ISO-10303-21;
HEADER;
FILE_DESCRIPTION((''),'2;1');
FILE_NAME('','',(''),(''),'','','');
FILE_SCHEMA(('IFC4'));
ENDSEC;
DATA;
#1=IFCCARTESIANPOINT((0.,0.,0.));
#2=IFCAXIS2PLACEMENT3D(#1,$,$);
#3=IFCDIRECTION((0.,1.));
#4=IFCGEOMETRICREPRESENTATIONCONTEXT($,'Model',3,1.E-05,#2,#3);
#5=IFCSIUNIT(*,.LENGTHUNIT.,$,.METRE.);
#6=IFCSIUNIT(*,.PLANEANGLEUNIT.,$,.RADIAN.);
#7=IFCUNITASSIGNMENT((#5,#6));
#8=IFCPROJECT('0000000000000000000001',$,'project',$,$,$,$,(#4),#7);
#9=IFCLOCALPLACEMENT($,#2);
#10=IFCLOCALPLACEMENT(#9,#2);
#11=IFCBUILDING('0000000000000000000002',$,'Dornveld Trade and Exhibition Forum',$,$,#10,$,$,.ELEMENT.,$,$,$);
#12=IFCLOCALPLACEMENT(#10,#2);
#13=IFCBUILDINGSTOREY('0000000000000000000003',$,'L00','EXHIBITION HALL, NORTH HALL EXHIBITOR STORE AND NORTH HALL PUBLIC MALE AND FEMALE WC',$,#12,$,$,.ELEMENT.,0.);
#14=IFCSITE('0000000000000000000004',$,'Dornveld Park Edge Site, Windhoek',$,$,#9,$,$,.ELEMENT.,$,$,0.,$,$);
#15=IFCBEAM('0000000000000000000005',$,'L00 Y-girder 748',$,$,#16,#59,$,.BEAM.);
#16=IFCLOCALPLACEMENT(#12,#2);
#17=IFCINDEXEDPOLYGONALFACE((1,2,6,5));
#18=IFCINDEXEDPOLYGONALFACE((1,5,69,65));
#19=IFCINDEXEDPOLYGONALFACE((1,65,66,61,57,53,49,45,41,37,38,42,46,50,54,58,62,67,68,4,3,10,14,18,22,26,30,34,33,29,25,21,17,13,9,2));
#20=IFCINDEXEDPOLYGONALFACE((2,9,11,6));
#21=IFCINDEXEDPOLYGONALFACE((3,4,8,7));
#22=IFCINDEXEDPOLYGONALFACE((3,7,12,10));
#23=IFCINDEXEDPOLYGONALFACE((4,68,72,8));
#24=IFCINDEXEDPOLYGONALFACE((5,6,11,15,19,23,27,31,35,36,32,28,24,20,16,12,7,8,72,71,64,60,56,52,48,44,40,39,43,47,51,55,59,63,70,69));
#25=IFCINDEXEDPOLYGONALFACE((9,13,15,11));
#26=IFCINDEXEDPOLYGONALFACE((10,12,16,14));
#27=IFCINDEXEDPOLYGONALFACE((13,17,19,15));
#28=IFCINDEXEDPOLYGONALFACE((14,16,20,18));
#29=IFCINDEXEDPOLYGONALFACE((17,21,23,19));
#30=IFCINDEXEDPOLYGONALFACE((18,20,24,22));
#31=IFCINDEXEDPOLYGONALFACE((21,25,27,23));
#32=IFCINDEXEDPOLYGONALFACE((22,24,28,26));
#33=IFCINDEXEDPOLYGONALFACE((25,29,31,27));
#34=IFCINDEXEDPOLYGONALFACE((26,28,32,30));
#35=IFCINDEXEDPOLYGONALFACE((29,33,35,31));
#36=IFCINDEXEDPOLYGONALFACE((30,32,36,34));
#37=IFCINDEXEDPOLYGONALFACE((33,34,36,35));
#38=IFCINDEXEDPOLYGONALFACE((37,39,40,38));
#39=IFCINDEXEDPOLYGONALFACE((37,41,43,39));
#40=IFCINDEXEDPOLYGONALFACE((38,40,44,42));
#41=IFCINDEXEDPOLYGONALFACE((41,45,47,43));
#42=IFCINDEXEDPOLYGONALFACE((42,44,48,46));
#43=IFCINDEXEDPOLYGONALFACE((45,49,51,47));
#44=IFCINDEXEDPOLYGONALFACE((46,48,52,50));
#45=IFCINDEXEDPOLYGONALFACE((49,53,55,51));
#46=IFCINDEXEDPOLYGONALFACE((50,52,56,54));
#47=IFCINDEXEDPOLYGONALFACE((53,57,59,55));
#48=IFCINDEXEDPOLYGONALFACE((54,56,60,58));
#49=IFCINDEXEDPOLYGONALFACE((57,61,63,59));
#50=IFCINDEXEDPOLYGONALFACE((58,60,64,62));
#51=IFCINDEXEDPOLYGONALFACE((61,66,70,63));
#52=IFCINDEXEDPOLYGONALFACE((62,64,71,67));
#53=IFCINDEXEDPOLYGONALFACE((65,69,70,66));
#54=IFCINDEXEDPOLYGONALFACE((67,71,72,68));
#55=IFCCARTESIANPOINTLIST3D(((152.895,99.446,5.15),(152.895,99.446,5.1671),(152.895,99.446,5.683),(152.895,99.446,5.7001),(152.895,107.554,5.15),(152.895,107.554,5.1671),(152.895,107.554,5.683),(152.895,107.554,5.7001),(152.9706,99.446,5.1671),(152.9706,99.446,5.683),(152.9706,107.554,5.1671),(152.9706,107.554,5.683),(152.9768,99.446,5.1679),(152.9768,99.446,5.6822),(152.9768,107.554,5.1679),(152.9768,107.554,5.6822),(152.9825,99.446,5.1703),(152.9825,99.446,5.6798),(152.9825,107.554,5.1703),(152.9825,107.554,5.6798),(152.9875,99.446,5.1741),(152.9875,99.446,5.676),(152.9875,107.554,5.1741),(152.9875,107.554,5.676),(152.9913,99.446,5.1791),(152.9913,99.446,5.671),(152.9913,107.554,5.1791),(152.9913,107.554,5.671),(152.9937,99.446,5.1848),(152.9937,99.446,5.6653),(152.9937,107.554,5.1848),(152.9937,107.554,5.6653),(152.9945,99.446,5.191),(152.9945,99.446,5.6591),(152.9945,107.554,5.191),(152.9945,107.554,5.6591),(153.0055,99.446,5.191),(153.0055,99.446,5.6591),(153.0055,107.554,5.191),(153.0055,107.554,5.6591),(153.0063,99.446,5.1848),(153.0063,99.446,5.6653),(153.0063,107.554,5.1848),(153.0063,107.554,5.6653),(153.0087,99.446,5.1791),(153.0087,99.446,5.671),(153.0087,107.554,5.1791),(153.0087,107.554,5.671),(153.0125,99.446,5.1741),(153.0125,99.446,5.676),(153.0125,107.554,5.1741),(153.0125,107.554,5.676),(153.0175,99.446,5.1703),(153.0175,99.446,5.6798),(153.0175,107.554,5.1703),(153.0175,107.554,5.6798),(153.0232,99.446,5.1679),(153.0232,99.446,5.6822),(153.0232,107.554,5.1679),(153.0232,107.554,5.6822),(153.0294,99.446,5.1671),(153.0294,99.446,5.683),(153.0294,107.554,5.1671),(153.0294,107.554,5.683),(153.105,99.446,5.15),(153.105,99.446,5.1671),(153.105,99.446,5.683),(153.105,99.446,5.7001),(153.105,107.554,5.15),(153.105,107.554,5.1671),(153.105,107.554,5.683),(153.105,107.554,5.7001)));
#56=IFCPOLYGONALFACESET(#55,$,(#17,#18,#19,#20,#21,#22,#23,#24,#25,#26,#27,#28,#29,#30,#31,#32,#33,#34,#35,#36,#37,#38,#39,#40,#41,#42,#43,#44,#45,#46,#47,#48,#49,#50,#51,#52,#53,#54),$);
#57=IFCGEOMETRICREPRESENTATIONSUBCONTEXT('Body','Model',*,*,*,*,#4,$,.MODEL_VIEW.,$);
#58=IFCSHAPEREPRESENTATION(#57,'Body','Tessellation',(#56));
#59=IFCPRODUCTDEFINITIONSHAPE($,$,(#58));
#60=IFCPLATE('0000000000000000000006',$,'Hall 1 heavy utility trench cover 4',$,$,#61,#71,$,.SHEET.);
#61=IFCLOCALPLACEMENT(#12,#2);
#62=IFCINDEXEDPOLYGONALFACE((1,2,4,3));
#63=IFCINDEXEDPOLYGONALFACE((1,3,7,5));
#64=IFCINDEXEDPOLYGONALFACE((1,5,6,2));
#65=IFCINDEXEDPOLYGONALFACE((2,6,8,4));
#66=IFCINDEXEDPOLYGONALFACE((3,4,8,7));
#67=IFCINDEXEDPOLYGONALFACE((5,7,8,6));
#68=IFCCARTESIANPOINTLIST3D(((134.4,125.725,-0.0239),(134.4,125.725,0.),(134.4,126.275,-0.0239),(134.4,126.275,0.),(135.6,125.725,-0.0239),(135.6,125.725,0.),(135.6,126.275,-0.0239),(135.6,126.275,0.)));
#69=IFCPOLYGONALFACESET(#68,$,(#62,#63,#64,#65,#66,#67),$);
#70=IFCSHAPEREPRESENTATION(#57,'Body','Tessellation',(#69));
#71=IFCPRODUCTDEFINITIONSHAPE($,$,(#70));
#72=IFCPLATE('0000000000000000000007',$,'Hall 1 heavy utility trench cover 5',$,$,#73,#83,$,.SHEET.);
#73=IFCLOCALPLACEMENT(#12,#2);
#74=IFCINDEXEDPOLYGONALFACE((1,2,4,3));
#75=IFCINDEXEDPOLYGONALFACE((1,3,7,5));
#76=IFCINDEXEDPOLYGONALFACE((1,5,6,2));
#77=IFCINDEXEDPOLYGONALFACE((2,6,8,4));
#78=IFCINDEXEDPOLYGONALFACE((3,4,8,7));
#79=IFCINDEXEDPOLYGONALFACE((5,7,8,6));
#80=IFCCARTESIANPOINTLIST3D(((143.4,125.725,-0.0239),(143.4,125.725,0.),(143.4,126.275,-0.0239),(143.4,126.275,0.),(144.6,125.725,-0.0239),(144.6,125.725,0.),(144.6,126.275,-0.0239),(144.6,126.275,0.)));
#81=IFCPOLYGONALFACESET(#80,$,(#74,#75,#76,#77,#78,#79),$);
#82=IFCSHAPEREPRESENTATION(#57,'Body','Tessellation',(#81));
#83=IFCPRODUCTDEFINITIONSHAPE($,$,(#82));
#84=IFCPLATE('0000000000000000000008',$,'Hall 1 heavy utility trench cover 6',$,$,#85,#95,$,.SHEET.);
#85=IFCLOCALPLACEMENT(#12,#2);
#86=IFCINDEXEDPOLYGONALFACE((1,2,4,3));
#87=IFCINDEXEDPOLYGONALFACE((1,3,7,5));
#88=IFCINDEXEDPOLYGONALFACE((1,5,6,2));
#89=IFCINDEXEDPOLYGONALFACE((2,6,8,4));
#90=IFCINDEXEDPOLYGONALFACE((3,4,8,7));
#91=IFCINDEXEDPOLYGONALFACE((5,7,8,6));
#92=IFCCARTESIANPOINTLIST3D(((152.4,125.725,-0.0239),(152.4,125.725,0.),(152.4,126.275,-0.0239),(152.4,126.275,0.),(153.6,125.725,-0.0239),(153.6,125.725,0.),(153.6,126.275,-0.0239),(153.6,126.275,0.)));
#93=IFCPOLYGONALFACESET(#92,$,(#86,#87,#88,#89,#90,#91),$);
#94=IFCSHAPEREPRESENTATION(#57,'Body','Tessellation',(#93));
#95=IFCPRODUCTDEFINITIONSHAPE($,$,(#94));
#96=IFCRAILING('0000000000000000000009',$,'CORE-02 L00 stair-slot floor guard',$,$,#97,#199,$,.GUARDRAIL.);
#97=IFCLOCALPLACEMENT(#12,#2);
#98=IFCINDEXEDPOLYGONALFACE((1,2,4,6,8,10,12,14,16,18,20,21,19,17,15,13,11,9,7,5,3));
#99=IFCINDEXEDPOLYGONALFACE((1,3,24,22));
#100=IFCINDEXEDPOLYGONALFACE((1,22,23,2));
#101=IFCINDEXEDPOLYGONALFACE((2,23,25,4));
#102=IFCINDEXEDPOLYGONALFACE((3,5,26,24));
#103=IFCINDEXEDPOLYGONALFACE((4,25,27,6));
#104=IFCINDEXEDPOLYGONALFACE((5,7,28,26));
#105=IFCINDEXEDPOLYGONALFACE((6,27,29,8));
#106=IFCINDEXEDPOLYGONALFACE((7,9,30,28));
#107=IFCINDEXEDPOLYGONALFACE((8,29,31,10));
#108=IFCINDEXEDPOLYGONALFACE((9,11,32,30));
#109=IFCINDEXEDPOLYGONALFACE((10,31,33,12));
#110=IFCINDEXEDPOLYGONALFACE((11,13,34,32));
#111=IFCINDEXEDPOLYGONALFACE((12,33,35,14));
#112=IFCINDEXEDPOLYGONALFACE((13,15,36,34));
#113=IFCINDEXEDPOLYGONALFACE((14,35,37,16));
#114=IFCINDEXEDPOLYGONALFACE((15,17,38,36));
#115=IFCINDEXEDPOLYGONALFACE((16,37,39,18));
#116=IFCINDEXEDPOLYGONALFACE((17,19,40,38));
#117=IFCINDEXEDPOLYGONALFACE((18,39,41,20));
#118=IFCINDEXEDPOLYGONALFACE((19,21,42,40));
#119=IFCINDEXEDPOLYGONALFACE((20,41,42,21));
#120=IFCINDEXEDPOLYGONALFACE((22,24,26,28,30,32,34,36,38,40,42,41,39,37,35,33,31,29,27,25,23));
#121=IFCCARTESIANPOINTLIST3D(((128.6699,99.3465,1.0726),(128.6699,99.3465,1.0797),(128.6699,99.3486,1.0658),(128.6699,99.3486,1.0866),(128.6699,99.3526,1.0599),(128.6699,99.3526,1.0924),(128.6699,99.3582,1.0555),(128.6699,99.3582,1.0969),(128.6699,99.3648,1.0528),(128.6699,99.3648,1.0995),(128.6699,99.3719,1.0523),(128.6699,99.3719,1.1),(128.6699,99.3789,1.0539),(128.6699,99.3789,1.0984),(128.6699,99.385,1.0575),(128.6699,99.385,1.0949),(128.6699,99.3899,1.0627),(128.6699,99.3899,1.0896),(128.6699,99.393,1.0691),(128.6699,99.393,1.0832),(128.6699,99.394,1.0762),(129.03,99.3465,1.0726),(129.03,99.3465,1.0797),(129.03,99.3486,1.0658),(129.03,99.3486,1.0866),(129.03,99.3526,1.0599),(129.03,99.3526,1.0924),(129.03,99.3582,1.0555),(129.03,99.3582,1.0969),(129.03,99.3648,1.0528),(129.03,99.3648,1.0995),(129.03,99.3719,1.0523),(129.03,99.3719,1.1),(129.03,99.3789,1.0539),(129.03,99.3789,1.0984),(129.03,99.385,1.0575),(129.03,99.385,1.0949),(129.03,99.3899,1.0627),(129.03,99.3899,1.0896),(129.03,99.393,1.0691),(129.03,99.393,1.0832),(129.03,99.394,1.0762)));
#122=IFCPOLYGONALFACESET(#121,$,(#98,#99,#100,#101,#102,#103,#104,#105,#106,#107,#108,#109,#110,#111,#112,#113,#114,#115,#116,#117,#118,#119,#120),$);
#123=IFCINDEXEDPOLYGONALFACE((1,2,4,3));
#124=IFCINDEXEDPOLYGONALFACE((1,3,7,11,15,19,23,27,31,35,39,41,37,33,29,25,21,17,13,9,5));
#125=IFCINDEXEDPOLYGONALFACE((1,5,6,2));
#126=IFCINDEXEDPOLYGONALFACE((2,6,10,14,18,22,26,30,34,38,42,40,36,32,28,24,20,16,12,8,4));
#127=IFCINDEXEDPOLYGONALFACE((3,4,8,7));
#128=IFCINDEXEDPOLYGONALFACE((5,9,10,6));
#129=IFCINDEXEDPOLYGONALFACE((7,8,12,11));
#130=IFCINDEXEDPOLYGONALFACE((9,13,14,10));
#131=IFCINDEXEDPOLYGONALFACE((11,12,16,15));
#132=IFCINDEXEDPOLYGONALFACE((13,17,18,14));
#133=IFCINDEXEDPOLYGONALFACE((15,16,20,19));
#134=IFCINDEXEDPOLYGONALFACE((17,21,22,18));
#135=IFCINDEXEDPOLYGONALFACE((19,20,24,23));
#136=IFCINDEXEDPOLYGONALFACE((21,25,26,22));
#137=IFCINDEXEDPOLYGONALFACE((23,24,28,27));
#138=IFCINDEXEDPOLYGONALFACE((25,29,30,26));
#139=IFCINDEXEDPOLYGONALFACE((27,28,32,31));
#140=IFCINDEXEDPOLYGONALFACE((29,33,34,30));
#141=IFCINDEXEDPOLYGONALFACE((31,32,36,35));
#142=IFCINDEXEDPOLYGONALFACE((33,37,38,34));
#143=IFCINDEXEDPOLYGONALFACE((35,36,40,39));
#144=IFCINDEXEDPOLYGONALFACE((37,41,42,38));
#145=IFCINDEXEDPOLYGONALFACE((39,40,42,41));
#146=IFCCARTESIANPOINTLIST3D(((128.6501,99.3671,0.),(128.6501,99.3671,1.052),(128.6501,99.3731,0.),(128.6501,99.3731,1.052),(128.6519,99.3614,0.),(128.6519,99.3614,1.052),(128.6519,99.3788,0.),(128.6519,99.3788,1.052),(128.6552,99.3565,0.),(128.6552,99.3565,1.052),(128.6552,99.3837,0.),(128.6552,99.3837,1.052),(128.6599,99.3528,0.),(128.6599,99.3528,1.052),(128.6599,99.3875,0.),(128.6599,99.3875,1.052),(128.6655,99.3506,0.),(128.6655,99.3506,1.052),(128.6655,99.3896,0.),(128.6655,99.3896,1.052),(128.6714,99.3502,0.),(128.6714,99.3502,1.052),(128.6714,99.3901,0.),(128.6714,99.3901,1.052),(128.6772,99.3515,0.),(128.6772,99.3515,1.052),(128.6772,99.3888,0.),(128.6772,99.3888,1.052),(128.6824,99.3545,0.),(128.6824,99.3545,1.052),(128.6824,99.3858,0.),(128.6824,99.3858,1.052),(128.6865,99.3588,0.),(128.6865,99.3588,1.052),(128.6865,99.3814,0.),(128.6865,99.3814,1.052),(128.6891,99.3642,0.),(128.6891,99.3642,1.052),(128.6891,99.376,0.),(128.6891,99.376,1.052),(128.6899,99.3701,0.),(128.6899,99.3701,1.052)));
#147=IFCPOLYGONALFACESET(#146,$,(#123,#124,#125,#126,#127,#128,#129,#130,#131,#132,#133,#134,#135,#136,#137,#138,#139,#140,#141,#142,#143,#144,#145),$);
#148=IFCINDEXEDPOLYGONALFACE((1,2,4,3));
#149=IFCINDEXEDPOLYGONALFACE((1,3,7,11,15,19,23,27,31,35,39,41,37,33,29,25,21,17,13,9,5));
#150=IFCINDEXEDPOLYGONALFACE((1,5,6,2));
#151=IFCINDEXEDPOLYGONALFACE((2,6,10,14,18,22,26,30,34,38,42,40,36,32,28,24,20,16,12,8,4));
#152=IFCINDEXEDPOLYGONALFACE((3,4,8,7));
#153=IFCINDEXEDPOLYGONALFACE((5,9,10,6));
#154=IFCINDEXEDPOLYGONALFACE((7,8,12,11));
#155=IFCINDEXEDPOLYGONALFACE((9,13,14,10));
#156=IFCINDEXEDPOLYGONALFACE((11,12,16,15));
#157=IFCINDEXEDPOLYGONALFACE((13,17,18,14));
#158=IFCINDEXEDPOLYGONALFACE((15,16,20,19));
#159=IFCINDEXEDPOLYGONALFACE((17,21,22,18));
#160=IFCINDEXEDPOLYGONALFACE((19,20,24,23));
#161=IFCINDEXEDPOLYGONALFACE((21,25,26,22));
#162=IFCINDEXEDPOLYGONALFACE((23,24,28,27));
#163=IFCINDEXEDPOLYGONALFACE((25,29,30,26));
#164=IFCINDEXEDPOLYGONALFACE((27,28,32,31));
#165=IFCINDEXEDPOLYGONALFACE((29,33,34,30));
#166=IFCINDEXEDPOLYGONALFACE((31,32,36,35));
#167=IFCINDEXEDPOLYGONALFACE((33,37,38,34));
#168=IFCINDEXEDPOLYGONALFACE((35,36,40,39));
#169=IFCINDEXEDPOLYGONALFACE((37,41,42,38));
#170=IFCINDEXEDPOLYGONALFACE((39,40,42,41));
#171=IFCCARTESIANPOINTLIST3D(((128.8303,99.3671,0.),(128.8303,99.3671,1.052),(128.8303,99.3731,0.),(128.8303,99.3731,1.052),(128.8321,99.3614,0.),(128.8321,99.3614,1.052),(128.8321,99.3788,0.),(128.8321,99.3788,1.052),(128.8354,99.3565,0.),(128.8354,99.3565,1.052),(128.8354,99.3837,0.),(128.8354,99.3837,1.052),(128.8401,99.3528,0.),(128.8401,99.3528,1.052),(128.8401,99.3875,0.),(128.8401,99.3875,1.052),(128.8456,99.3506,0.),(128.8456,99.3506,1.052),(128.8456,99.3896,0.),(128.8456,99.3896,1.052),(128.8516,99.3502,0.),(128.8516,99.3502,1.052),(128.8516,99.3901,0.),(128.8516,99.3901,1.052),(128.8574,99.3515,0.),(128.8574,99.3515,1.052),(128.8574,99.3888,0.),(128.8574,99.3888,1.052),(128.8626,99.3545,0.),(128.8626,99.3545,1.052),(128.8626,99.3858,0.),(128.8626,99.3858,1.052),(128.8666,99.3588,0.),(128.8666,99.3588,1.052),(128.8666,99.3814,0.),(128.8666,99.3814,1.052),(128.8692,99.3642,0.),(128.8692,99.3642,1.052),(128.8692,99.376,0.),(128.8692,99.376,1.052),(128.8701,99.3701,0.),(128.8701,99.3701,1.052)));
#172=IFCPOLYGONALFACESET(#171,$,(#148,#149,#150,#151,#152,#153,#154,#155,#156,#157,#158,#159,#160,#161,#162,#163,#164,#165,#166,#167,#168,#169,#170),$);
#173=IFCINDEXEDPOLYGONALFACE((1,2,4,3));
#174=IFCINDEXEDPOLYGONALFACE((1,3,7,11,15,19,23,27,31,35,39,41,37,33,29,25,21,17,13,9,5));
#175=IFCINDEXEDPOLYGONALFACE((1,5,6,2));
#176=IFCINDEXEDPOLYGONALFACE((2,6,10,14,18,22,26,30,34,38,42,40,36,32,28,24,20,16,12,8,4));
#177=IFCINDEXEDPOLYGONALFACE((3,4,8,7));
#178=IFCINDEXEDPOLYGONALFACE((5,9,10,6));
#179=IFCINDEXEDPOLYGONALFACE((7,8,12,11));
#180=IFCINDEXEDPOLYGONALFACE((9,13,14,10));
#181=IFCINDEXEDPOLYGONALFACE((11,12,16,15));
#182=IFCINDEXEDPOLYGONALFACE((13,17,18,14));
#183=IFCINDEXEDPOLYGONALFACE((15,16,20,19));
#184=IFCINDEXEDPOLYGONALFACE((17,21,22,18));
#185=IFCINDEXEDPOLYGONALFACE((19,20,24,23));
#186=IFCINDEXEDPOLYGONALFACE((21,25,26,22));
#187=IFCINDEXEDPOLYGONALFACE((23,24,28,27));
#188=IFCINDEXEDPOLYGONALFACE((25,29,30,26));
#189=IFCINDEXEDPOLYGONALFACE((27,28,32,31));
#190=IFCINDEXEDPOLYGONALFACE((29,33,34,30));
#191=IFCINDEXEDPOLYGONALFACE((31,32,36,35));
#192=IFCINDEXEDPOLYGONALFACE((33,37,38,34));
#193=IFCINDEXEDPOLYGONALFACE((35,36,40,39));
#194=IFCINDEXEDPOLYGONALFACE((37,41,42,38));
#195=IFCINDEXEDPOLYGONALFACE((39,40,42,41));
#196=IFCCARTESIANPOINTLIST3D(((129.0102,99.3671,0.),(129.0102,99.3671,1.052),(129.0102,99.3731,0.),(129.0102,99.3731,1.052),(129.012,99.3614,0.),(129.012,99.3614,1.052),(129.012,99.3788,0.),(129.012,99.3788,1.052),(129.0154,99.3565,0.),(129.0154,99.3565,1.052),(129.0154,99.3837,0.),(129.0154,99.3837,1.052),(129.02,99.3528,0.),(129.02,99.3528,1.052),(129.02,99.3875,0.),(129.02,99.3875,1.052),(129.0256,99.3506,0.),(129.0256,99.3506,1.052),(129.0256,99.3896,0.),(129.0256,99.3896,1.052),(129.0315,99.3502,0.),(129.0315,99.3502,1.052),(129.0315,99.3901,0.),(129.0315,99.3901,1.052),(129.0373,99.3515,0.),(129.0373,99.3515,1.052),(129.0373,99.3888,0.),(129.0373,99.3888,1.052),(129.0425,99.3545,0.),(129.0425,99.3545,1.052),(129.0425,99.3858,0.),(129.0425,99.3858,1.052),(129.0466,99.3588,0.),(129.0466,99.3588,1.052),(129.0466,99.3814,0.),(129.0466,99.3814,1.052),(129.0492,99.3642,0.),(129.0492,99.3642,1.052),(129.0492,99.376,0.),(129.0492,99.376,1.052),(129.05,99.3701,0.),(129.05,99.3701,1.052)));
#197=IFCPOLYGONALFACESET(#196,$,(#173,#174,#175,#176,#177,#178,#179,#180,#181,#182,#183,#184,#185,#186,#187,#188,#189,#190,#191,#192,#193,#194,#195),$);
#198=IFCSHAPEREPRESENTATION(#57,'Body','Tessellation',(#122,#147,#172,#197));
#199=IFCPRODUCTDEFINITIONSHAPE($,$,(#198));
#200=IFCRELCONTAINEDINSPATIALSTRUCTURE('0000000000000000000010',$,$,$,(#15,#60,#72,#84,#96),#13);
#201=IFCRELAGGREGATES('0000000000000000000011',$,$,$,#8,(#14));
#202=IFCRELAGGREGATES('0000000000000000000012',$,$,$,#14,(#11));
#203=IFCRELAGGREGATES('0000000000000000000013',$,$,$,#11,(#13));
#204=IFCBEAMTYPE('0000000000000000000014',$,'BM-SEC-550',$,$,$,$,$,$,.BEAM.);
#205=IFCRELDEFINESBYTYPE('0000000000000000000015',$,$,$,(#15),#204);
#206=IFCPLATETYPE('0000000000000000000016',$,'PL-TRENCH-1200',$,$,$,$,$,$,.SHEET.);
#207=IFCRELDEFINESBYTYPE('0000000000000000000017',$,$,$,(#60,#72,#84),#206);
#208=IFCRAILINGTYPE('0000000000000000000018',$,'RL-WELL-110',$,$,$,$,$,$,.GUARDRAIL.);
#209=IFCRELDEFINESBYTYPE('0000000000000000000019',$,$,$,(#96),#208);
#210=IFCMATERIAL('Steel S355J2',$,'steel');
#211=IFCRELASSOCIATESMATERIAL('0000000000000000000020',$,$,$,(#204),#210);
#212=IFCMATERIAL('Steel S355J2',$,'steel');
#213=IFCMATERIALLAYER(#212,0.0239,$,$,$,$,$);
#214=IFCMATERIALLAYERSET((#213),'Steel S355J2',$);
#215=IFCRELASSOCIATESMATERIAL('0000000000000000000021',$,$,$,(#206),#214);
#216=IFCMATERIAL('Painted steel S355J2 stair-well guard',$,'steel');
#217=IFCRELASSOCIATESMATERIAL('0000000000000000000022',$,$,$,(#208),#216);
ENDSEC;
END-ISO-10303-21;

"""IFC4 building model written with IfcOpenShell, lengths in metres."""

from ifc_helpers import new_model, si_unit, direction, frame, origin, origin_2d, place, context, subcontext, project, spatial, rectangle, circle, i_section, extrude, material, layer, layer_set, material_profile, profile_set, type_object, element, save


model = new_model("IFC4")

# Units and contexts
model_context = context("Model", 3, precision=1e-05, world=origin(), true_north=direction((0.0, 1.0)))
body_context = subcontext(model_context, "Body", "Model", "MODEL_VIEW")
ifc_project = project(units=[si_unit("LENGTHUNIT", "METRE"), si_unit("PLANEANGLEUNIT", "RADIAN")], contexts=[model_context])

# Site, building, storey
site_placement = place(None, origin())
site = spatial("IfcSite", under=ifc_project, at=site_placement, Name="Dornveld Park Edge Site, Windhoek", CompositionType="ELEMENT", RefElevation=0.0)
building_placement = place(site_placement, origin())
building = spatial("IfcBuilding", under=site, at=building_placement, Name="Dornveld Trade and Exhibition Forum", CompositionType="ELEMENT")
storey_placement = place(building_placement, origin())
storey = spatial("IfcBuildingStorey", under=building, at=storey_placement, Name="L00", Description="EXHIBITION HALL, NORTH HALL EXHIBITOR STORE AND NORTH HALL PUBLIC MALE AND FEMALE WC", CompositionType="ELEMENT", Elevation=0.0)

# Beam
ifc_material_1 = material(Name="Steel S355J2", Category="steel")
ifc_material_profile_1 = material_profile(ifc_material_1, i_section(OverallWidth=0.21, OverallDepth=0.55, WebThickness=0.011, FlangeThickness=0.0171, FilletRadius=0.0239, at=origin_2d()), Name="IPE 550")
ifc_profile_set_1 = profile_set([ifc_material_profile_1], Name="Steel S355J2")
beam_type_1 = type_object("IfcBeamType", Name="BM-SEC-550", PredefinedType="BEAM", material=ifc_profile_set_1)
for number, where, z_axis, x_axis, name in (
    (1, (153.0, 99.446, 5.425), (0.0, 1.0, 0.0), (-1.0, 0.0, 0.0), "L00 Y-girder 748"),
):
    element("IfcBeam", number, at=place(storey_placement, frame(where, z_axis=z_axis, x_axis=x_axis)), inside=storey, type_object=beam_type_1, Name=name, PredefinedType="BEAM", context=body_context, shape_type="SweptSolid", body=[
        extrude(i_section(OverallWidth=0.21, OverallDepth=0.55, WebThickness=0.011, FlangeThickness=0.0171, FilletRadius=0.0239, at=origin_2d()), origin(), (0.0, 0.0, 1.0), 8.1079),
    ])

# Plates
ifc_material_2 = material(Name="Steel S355J2", Category="steel")
ifc_layer = layer(ifc_material_2, 0.0239)
ifc_layer_set = layer_set([ifc_layer], Name="Steel S355J2")
plate_type = type_object("IfcPlateType", Name="PL-TRENCH-1200", PredefinedType="SHEET", material=ifc_layer_set)
for number, where, z_axis, x_axis, name in (
    (2, (135.0, 126.0, -0.0239), (0.0, 0.0, 1.0), (1.0, 0.0, 0.0), "Hall 1 heavy utility trench cover 4"),
    (3, (144.0, 126.0, -0.0239), (0.0, 0.0, 1.0), (1.0, 0.0, 0.0), "Hall 1 heavy utility trench cover 5"),
    (4, (153.0, 126.0, -0.0239), (0.0, 0.0, 1.0), (1.0, 0.0, 0.0), "Hall 1 heavy utility trench cover 6"),
):
    element("IfcPlate", number, at=place(storey_placement, frame(where, z_axis=z_axis, x_axis=x_axis)), inside=storey, type_object=plate_type, Name=name, PredefinedType="SHEET", context=body_context, shape_type="SweptSolid", body=[
        extrude(rectangle(XDim=1.2, YDim=0.55, at=origin_2d()), origin(), (0.0, 0.0, 1.0), 0.0239),
    ])

# Railing
ifc_material_3 = material(Name="Painted steel S355J2 stair-well guard", Category="steel")
railing_type = type_object("IfcRailingType", Name="RL-WELL-110", PredefinedType="GUARDRAIL", material=ifc_material_3)
railing_placement = place(storey_placement, frame((128.6699, 99.3701, 0.0)))
element("IfcRailing", 5, at=railing_placement, inside=storey, type_object=railing_type, Name="CORE-02 L00 stair-slot floor guard", PredefinedType="GUARDRAIL", context=body_context, shape_type="SweptSolid", body=[
    extrude(circle(Radius=0.0239, at=origin_2d()), frame((0.0, 0.0, 1.0762), z_axis=(1.0, 0.0, 0.0), x_axis=(0.0, 1.0, 0.0)), (0.0, 0.0, 1.0), 0.3601),
    extrude(circle(Radius=0.02, at=origin_2d()), origin(), (0.0, 0.0, 1.0), 1.052),
    extrude(circle(Radius=0.02, at=origin_2d()), frame((0.1802, 0.0, 0.0)), (0.0, 0.0, 1.0), 1.052),
    extrude(circle(Radius=0.02, at=origin_2d()), frame((0.3601, 0.0, 0.0)), (0.0, 0.0, 1.0), 1.052),
])

save(model, "model.ifc")
